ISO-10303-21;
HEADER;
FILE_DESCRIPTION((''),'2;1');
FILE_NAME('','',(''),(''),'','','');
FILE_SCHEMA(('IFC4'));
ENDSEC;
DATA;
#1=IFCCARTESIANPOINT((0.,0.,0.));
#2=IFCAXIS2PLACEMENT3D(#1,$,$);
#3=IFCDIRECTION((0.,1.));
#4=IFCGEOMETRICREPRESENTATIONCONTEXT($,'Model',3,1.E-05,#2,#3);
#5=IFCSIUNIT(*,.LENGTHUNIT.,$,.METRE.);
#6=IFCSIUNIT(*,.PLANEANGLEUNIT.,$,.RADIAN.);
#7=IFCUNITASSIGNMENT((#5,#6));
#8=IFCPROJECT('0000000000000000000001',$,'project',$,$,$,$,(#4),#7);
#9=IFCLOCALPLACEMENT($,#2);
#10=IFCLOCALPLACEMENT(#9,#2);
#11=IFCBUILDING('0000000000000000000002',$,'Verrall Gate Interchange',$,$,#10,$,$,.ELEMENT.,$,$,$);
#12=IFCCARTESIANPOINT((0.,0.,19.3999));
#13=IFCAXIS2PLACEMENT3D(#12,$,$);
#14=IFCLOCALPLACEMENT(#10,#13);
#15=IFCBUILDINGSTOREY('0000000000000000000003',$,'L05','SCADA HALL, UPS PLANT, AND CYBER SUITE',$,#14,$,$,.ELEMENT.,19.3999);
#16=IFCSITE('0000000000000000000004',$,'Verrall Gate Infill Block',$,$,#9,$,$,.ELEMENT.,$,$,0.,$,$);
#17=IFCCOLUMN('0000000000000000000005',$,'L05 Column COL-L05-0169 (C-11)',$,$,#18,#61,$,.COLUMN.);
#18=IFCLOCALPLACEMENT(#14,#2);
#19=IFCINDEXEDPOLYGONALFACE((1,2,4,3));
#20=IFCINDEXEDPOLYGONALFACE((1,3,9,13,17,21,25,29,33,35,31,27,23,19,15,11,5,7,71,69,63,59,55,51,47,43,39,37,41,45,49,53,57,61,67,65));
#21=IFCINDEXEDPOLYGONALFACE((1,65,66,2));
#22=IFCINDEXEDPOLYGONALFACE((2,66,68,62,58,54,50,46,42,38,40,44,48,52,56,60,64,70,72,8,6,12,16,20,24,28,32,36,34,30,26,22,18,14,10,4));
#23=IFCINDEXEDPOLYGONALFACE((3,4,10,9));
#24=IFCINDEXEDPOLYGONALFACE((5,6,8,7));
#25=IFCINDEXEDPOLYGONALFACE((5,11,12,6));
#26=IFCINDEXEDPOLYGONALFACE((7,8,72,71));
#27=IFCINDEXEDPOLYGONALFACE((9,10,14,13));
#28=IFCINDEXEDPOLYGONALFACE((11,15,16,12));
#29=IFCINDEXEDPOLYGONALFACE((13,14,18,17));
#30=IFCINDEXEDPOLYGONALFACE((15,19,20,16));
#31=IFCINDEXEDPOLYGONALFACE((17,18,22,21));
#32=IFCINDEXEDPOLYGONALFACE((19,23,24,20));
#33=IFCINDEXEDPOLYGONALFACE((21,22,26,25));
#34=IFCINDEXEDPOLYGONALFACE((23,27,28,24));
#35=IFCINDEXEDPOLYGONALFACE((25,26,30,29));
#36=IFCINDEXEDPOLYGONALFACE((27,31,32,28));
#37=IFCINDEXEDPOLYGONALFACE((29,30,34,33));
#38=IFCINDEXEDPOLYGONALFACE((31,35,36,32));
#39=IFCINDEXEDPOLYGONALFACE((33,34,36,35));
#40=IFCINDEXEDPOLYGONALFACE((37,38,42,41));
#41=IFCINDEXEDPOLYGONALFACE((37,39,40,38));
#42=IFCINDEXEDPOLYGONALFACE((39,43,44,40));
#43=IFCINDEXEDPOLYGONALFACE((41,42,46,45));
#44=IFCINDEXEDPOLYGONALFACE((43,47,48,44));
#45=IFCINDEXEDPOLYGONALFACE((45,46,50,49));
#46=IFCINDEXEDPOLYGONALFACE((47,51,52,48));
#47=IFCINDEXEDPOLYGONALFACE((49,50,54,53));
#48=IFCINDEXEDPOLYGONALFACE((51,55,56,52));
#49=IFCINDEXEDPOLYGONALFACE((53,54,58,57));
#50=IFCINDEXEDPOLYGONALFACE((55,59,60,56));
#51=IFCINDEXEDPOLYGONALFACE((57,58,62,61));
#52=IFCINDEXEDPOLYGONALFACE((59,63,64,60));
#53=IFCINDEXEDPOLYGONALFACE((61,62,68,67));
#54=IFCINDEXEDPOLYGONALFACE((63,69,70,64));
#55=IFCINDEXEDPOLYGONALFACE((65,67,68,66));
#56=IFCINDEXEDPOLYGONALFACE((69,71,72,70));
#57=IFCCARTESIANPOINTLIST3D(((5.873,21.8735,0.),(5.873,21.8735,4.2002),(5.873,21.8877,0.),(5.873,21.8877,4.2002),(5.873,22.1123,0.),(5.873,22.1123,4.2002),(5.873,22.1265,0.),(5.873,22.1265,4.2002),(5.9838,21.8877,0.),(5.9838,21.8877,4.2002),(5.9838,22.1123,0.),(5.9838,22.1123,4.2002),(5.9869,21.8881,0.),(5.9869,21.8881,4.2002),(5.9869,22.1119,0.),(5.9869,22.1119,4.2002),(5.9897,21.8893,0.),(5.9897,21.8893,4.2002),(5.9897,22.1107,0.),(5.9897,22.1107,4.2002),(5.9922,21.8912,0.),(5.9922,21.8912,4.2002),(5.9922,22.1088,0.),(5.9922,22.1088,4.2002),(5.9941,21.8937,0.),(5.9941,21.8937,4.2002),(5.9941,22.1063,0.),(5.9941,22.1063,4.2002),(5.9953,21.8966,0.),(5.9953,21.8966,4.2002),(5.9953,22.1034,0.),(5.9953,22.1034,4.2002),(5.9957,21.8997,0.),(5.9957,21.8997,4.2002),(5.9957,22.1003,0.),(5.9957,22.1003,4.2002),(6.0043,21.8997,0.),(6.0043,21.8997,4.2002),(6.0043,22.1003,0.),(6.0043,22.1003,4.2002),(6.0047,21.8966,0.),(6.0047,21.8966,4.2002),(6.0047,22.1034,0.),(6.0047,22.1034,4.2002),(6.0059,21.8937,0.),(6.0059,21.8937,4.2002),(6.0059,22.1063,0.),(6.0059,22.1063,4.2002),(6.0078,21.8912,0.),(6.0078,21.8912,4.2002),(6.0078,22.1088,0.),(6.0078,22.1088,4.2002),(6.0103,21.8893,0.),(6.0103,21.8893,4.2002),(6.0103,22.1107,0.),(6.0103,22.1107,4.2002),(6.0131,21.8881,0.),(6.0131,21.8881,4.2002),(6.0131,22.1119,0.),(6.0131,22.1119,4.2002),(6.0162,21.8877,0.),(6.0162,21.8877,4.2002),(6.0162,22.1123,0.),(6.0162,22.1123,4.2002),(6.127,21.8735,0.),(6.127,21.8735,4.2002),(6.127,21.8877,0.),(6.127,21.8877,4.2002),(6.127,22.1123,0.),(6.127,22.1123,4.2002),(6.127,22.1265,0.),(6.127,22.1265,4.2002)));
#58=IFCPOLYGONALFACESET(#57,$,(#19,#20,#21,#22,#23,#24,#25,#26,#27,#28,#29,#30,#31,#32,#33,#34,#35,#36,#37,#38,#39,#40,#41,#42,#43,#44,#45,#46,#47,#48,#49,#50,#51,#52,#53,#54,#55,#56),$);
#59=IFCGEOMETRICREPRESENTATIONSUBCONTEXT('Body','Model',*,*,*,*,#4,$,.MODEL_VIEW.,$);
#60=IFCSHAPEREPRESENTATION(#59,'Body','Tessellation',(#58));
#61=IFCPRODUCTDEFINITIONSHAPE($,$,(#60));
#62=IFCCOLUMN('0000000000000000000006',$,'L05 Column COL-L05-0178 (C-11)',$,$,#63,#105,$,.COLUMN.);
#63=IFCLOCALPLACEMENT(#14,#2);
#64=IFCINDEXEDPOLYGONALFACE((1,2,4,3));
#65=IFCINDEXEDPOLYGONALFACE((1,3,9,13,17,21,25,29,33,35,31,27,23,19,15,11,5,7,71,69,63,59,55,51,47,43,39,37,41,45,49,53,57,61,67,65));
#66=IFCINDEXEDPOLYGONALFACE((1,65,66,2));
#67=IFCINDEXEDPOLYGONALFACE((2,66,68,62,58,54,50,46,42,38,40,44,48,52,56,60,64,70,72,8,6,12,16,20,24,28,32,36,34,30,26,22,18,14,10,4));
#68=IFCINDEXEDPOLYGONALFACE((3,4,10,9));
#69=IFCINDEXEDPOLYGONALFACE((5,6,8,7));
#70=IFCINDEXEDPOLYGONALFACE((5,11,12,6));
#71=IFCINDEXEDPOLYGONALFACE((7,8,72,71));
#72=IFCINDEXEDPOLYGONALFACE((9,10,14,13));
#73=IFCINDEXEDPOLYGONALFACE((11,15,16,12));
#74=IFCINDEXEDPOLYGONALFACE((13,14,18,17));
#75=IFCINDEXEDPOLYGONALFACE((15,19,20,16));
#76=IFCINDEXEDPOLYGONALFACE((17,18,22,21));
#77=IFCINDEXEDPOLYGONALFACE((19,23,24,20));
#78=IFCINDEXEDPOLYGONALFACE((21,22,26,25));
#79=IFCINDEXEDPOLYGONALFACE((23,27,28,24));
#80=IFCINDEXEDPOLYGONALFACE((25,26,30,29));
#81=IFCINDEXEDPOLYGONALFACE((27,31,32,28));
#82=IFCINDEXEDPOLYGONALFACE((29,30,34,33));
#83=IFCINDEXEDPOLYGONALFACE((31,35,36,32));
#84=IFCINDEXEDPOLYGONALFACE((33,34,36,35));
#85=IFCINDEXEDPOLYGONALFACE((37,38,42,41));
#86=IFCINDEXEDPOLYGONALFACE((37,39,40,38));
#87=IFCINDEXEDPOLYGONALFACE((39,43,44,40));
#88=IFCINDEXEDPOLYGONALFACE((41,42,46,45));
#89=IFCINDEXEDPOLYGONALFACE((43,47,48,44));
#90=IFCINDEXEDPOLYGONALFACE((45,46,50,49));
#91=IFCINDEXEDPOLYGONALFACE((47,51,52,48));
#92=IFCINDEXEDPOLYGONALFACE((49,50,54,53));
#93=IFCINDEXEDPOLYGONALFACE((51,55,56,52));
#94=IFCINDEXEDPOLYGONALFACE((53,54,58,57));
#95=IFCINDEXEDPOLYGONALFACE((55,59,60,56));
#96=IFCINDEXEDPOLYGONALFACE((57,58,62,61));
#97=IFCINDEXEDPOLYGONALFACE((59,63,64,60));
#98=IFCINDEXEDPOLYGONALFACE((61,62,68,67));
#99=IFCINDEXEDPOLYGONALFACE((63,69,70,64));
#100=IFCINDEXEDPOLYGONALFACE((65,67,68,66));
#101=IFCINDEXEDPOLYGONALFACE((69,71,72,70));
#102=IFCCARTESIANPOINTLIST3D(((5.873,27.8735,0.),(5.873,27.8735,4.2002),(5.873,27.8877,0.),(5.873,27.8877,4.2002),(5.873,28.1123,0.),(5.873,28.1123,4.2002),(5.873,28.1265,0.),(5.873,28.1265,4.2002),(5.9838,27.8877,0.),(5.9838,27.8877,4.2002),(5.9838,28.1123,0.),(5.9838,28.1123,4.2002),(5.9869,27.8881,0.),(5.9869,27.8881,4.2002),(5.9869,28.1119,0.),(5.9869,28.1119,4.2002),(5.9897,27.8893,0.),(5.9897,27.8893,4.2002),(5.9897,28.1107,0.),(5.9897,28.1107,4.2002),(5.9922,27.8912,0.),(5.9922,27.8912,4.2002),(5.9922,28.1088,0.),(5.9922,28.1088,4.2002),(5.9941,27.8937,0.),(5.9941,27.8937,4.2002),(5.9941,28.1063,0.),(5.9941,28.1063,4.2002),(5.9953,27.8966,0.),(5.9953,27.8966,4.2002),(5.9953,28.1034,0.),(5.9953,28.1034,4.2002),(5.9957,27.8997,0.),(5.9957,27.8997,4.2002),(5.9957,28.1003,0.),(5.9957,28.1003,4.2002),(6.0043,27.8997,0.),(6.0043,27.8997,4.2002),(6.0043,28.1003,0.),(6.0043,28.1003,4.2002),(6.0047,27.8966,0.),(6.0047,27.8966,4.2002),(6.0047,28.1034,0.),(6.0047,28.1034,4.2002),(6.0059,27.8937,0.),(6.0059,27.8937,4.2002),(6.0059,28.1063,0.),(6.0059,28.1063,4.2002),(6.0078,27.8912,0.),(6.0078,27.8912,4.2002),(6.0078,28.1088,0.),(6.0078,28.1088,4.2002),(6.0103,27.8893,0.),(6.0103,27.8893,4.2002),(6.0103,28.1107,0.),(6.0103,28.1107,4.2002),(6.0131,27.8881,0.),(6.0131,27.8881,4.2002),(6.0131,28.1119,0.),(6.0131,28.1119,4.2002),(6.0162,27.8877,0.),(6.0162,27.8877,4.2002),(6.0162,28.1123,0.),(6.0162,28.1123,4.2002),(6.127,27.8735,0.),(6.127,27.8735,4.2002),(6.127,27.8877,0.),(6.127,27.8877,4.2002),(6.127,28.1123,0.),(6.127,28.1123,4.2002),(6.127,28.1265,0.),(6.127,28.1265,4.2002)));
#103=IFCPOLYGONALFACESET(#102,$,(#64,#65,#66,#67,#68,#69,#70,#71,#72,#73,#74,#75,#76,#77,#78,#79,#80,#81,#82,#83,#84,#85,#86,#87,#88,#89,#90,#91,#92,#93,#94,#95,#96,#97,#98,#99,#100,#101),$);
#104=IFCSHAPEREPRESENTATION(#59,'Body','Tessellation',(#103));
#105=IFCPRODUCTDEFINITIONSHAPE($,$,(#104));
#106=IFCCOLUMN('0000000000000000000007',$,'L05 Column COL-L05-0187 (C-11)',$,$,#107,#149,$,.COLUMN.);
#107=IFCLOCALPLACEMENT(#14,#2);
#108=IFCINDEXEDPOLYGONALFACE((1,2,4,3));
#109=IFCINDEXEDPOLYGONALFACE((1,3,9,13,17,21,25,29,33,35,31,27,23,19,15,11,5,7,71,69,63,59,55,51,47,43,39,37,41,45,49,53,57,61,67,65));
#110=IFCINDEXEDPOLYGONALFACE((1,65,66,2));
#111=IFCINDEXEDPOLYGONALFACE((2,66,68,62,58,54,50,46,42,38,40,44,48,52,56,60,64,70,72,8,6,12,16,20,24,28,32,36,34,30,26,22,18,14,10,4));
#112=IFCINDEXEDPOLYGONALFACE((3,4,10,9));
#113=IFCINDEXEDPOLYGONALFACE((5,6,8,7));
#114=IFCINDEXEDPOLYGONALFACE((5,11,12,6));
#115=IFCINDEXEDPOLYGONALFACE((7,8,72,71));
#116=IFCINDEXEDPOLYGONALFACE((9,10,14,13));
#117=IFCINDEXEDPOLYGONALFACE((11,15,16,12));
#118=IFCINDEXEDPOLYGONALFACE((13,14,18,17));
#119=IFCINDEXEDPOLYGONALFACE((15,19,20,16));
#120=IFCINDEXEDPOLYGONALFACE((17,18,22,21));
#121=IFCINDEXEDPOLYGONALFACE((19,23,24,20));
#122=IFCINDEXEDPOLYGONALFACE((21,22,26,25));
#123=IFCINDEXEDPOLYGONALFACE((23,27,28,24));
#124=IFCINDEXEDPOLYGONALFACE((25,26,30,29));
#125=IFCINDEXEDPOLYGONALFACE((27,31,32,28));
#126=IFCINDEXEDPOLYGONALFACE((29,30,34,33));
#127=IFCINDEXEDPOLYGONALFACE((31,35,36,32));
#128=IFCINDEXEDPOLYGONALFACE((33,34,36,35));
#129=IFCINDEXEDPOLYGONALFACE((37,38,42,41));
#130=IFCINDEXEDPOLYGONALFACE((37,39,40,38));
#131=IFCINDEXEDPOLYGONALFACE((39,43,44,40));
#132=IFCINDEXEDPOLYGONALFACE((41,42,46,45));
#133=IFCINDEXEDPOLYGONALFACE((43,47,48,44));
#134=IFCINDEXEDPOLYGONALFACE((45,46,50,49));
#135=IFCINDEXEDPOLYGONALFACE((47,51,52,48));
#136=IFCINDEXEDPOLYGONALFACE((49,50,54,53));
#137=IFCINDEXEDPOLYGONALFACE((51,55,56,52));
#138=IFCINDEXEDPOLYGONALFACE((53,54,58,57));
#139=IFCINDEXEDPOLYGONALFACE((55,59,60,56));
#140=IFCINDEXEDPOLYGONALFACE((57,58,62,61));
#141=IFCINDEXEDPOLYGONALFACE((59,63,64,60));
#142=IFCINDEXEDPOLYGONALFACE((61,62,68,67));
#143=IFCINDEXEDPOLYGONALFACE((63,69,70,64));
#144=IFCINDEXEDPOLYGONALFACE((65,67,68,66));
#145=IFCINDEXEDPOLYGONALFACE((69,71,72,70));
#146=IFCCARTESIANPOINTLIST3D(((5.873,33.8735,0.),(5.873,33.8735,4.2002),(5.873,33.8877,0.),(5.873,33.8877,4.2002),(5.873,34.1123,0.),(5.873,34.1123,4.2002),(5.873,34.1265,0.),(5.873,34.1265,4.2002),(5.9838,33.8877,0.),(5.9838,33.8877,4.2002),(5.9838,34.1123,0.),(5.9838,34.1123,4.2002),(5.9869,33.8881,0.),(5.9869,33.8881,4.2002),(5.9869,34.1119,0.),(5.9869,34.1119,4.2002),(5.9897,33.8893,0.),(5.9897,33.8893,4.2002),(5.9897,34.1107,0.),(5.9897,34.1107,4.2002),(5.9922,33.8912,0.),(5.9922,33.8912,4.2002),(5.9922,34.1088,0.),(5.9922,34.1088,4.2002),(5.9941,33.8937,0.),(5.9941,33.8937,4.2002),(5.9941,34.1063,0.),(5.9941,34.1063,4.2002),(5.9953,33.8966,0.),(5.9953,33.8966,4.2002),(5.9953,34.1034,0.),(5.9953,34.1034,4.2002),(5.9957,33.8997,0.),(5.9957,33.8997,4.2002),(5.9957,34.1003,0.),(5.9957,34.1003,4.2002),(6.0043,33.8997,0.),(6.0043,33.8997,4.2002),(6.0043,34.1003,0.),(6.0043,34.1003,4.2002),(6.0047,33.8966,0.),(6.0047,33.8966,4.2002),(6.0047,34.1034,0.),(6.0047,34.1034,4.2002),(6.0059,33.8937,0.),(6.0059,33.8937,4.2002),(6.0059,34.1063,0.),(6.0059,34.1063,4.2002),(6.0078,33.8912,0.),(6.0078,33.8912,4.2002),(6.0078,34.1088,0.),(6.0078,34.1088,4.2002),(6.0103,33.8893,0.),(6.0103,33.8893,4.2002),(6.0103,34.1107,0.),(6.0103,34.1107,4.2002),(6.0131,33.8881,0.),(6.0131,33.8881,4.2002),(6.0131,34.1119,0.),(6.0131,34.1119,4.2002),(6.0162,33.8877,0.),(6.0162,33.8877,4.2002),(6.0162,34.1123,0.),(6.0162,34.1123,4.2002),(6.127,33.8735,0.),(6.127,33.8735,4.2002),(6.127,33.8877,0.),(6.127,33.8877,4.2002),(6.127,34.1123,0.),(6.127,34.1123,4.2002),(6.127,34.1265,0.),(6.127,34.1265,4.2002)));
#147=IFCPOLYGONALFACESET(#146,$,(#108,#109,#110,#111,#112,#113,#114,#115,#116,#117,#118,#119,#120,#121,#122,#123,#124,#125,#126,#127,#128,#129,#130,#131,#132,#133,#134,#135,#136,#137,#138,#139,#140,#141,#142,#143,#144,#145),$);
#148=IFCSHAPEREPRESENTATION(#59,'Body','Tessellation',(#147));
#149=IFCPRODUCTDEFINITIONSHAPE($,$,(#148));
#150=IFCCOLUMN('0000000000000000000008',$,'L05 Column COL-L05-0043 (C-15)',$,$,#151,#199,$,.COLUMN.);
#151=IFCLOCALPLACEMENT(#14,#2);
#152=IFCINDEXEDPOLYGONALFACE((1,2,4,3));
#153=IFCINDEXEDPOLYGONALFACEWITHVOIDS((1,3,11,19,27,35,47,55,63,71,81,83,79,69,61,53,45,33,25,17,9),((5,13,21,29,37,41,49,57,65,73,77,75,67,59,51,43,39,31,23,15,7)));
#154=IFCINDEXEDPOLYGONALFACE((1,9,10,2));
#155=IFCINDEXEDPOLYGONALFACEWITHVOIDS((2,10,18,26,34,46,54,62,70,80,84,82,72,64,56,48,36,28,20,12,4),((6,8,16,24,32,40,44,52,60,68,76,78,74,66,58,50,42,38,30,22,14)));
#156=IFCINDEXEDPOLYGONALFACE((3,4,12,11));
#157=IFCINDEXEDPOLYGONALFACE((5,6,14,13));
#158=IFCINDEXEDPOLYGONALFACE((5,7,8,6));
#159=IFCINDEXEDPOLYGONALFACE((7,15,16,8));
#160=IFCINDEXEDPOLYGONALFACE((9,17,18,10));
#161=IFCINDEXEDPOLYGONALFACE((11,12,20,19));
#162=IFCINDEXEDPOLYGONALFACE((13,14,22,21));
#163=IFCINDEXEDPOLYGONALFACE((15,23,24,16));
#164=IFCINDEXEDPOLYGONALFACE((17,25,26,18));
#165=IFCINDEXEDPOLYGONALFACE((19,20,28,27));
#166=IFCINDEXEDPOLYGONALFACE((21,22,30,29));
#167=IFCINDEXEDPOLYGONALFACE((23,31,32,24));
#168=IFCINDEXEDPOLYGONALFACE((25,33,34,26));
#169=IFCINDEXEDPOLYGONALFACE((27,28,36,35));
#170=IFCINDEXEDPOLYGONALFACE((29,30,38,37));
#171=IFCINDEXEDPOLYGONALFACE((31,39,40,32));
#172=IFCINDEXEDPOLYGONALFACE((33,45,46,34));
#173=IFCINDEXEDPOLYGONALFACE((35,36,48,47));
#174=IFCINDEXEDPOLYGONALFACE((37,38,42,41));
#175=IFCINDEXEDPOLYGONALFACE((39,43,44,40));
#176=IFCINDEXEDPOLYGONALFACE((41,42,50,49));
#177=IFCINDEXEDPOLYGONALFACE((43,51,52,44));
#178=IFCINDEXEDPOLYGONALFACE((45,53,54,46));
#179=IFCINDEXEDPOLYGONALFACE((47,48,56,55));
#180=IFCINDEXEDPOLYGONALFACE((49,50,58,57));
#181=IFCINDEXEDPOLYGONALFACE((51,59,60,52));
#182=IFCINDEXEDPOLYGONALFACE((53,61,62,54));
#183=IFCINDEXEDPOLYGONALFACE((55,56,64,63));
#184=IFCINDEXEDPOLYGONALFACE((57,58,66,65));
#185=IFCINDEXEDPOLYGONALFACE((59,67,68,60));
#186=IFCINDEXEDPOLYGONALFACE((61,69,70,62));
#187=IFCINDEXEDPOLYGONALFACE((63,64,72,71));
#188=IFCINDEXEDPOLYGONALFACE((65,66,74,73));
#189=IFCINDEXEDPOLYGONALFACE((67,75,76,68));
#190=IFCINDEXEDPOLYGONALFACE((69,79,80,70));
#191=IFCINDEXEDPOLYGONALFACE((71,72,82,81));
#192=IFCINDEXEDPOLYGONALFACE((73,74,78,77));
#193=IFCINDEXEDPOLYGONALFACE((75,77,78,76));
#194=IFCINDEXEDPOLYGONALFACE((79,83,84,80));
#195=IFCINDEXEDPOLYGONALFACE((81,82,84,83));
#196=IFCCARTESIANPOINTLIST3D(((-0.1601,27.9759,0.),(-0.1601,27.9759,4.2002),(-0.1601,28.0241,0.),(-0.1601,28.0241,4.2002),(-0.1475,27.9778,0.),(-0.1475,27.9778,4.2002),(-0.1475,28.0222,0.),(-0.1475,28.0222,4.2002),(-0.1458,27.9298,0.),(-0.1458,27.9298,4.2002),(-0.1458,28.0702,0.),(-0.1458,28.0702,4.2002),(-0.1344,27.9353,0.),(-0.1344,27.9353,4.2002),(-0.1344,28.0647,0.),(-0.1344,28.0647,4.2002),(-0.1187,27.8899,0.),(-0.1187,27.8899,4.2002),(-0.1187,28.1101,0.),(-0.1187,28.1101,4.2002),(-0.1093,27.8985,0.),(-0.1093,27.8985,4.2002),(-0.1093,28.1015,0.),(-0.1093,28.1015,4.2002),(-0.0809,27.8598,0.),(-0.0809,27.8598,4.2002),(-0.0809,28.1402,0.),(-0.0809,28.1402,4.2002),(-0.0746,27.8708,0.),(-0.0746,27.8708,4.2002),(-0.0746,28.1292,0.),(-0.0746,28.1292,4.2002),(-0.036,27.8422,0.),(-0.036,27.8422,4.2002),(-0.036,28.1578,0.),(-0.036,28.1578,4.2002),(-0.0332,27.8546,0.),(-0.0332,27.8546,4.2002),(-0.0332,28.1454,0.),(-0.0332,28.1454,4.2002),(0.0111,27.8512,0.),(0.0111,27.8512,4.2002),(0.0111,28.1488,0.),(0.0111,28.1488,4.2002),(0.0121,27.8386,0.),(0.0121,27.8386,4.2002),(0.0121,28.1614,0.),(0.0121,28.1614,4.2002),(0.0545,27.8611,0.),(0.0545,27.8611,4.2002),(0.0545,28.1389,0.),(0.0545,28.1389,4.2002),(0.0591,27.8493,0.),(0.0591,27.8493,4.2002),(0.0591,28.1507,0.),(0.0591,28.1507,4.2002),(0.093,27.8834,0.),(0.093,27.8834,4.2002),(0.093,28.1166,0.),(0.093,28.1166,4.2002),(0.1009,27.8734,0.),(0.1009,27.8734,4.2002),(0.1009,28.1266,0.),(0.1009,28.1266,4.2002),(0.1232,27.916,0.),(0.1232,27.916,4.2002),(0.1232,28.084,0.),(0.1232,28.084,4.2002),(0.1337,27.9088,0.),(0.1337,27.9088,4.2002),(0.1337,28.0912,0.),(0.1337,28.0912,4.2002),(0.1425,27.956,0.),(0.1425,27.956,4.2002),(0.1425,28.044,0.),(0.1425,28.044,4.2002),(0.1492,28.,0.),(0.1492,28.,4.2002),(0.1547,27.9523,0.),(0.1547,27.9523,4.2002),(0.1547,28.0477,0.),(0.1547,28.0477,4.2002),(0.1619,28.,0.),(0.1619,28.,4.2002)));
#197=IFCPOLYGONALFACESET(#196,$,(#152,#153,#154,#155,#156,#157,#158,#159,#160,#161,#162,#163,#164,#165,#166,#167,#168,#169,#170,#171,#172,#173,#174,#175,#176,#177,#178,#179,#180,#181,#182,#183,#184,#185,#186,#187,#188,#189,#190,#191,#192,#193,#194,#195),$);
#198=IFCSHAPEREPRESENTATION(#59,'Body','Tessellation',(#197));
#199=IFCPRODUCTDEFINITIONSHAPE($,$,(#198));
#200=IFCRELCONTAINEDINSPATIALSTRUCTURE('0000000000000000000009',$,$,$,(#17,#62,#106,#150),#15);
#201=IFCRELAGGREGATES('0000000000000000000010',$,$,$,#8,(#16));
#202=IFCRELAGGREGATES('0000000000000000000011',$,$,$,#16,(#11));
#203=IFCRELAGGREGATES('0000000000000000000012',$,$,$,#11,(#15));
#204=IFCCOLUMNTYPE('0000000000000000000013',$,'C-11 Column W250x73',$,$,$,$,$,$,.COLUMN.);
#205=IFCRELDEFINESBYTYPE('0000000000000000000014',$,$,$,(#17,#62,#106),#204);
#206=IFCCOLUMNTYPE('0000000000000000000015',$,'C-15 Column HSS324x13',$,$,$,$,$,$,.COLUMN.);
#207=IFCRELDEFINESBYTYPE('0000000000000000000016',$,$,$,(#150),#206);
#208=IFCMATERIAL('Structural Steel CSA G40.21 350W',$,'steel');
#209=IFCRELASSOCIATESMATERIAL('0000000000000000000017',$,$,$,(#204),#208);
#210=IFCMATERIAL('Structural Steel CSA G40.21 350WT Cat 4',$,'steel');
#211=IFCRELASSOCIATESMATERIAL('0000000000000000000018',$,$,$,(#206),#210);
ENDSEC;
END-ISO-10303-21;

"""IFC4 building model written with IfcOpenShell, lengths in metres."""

from ifc_helpers import new_model, si_unit, direction, frame, origin, origin_2d, place, context, subcontext, project, spatial, hollow_circle, i_section, extrude, material, material_profile, profile_set, type_object, element, save


model = new_model("IFC4")

# Units and contexts
model_context = context("Model", 3, precision=1e-05, world=origin(), true_north=direction((0.0, 1.0)))
body_context = subcontext(model_context, "Body", "Model", "MODEL_VIEW")
ifc_project = project(units=[si_unit("LENGTHUNIT", "METRE"), si_unit("PLANEANGLEUNIT", "RADIAN")], contexts=[model_context])

# Site, building, storey
site_placement = place(None, origin())
site = spatial("IfcSite", under=ifc_project, at=site_placement, Name="Verrall Gate Infill Block", CompositionType="ELEMENT", RefElevation=0.0)
building_placement = place(site_placement, origin())
building = spatial("IfcBuilding", under=site, at=building_placement, Name="Verrall Gate Interchange", CompositionType="ELEMENT")
storey_placement = place(building_placement, frame((0.0, 0.0, 19.3999)))
storey = spatial("IfcBuildingStorey", under=building, at=storey_placement, Name="L05", Description="SCADA HALL, UPS PLANT, AND CYBER SUITE", CompositionType="ELEMENT", Elevation=19.3999)

# Columns
ifc_material_1 = material(Name="Structural Steel CSA G40.21 350W", Category="steel")
ifc_material_profile_1 = material_profile(ifc_material_1, i_section(OverallWidth=0.2539, OverallDepth=0.2529, WebThickness=0.0085, FlangeThickness=0.0142, FilletRadius=0.012, at=origin_2d()), Name="W250x73")
ifc_profile_set_1 = profile_set([ifc_material_profile_1], Name="Structural Steel CSA G40.21 350W")
column_type_1 = type_object("IfcColumnType", Name="C-11 Column W250x73", PredefinedType="COLUMN", material=ifc_profile_set_1)
for number, where, z_axis, x_axis, name in (
    (1, (6.0, 22.0, 0.0), (0.0, 0.0, 1.0), (1.0, 0.0, 0.0), "L05 Column COL-L05-0169 (C-11)"),
    (2, (6.0, 28.0, 0.0), (0.0, 0.0, 1.0), (1.0, 0.0, 0.0), "L05 Column COL-L05-0178 (C-11)"),
    (3, (6.0, 34.0, 0.0), (0.0, 0.0, 1.0), (1.0, 0.0, 0.0), "L05 Column COL-L05-0187 (C-11)"),
):
    element("IfcColumn", number, at=place(storey_placement, frame(where, z_axis=z_axis, x_axis=x_axis)), inside=storey, type_object=column_type_1, Name=name, PredefinedType="COLUMN", context=body_context, shape_type="SweptSolid", body=[
        extrude(i_section(OverallWidth=0.2539, OverallDepth=0.2529, WebThickness=0.0085, FlangeThickness=0.0142, FilletRadius=0.012, at=origin_2d()), origin(), (0.0, 0.0, 1.0), 4.2002),
    ])
ifc_material_2 = material(Name="Structural Steel CSA G40.21 350WT Cat 4", Category="steel")
ifc_material_profile_2 = material_profile(ifc_material_2, hollow_circle(Radius=0.1619, WallThickness=0.0127, at=origin_2d()), Name="HSS324x13")
ifc_profile_set_2 = profile_set([ifc_material_profile_2], Name="Structural Steel CSA G40.21 350WT Cat 4")
column_type_2 = type_object("IfcColumnType", Name="C-15 Column HSS324x13", PredefinedType="COLUMN", material=ifc_profile_set_2)
for number, where, z_axis, x_axis, name in (
    (4, (0.0, 28.0, 0.0), (0.0, 0.0, 1.0), (1.0, 0.0, 0.0), "L05 Column COL-L05-0043 (C-15)"),
):
    element("IfcColumn", number, at=place(storey_placement, frame(where, z_axis=z_axis, x_axis=x_axis)), inside=storey, type_object=column_type_2, Name=name, PredefinedType="COLUMN", context=body_context, shape_type="SweptSolid", body=[
        extrude(hollow_circle(Radius=0.1619, WallThickness=0.0127, at=origin_2d()), origin(), (0.0, 0.0, 1.0), 4.2002),
    ])

save(model, "model.ifc")
